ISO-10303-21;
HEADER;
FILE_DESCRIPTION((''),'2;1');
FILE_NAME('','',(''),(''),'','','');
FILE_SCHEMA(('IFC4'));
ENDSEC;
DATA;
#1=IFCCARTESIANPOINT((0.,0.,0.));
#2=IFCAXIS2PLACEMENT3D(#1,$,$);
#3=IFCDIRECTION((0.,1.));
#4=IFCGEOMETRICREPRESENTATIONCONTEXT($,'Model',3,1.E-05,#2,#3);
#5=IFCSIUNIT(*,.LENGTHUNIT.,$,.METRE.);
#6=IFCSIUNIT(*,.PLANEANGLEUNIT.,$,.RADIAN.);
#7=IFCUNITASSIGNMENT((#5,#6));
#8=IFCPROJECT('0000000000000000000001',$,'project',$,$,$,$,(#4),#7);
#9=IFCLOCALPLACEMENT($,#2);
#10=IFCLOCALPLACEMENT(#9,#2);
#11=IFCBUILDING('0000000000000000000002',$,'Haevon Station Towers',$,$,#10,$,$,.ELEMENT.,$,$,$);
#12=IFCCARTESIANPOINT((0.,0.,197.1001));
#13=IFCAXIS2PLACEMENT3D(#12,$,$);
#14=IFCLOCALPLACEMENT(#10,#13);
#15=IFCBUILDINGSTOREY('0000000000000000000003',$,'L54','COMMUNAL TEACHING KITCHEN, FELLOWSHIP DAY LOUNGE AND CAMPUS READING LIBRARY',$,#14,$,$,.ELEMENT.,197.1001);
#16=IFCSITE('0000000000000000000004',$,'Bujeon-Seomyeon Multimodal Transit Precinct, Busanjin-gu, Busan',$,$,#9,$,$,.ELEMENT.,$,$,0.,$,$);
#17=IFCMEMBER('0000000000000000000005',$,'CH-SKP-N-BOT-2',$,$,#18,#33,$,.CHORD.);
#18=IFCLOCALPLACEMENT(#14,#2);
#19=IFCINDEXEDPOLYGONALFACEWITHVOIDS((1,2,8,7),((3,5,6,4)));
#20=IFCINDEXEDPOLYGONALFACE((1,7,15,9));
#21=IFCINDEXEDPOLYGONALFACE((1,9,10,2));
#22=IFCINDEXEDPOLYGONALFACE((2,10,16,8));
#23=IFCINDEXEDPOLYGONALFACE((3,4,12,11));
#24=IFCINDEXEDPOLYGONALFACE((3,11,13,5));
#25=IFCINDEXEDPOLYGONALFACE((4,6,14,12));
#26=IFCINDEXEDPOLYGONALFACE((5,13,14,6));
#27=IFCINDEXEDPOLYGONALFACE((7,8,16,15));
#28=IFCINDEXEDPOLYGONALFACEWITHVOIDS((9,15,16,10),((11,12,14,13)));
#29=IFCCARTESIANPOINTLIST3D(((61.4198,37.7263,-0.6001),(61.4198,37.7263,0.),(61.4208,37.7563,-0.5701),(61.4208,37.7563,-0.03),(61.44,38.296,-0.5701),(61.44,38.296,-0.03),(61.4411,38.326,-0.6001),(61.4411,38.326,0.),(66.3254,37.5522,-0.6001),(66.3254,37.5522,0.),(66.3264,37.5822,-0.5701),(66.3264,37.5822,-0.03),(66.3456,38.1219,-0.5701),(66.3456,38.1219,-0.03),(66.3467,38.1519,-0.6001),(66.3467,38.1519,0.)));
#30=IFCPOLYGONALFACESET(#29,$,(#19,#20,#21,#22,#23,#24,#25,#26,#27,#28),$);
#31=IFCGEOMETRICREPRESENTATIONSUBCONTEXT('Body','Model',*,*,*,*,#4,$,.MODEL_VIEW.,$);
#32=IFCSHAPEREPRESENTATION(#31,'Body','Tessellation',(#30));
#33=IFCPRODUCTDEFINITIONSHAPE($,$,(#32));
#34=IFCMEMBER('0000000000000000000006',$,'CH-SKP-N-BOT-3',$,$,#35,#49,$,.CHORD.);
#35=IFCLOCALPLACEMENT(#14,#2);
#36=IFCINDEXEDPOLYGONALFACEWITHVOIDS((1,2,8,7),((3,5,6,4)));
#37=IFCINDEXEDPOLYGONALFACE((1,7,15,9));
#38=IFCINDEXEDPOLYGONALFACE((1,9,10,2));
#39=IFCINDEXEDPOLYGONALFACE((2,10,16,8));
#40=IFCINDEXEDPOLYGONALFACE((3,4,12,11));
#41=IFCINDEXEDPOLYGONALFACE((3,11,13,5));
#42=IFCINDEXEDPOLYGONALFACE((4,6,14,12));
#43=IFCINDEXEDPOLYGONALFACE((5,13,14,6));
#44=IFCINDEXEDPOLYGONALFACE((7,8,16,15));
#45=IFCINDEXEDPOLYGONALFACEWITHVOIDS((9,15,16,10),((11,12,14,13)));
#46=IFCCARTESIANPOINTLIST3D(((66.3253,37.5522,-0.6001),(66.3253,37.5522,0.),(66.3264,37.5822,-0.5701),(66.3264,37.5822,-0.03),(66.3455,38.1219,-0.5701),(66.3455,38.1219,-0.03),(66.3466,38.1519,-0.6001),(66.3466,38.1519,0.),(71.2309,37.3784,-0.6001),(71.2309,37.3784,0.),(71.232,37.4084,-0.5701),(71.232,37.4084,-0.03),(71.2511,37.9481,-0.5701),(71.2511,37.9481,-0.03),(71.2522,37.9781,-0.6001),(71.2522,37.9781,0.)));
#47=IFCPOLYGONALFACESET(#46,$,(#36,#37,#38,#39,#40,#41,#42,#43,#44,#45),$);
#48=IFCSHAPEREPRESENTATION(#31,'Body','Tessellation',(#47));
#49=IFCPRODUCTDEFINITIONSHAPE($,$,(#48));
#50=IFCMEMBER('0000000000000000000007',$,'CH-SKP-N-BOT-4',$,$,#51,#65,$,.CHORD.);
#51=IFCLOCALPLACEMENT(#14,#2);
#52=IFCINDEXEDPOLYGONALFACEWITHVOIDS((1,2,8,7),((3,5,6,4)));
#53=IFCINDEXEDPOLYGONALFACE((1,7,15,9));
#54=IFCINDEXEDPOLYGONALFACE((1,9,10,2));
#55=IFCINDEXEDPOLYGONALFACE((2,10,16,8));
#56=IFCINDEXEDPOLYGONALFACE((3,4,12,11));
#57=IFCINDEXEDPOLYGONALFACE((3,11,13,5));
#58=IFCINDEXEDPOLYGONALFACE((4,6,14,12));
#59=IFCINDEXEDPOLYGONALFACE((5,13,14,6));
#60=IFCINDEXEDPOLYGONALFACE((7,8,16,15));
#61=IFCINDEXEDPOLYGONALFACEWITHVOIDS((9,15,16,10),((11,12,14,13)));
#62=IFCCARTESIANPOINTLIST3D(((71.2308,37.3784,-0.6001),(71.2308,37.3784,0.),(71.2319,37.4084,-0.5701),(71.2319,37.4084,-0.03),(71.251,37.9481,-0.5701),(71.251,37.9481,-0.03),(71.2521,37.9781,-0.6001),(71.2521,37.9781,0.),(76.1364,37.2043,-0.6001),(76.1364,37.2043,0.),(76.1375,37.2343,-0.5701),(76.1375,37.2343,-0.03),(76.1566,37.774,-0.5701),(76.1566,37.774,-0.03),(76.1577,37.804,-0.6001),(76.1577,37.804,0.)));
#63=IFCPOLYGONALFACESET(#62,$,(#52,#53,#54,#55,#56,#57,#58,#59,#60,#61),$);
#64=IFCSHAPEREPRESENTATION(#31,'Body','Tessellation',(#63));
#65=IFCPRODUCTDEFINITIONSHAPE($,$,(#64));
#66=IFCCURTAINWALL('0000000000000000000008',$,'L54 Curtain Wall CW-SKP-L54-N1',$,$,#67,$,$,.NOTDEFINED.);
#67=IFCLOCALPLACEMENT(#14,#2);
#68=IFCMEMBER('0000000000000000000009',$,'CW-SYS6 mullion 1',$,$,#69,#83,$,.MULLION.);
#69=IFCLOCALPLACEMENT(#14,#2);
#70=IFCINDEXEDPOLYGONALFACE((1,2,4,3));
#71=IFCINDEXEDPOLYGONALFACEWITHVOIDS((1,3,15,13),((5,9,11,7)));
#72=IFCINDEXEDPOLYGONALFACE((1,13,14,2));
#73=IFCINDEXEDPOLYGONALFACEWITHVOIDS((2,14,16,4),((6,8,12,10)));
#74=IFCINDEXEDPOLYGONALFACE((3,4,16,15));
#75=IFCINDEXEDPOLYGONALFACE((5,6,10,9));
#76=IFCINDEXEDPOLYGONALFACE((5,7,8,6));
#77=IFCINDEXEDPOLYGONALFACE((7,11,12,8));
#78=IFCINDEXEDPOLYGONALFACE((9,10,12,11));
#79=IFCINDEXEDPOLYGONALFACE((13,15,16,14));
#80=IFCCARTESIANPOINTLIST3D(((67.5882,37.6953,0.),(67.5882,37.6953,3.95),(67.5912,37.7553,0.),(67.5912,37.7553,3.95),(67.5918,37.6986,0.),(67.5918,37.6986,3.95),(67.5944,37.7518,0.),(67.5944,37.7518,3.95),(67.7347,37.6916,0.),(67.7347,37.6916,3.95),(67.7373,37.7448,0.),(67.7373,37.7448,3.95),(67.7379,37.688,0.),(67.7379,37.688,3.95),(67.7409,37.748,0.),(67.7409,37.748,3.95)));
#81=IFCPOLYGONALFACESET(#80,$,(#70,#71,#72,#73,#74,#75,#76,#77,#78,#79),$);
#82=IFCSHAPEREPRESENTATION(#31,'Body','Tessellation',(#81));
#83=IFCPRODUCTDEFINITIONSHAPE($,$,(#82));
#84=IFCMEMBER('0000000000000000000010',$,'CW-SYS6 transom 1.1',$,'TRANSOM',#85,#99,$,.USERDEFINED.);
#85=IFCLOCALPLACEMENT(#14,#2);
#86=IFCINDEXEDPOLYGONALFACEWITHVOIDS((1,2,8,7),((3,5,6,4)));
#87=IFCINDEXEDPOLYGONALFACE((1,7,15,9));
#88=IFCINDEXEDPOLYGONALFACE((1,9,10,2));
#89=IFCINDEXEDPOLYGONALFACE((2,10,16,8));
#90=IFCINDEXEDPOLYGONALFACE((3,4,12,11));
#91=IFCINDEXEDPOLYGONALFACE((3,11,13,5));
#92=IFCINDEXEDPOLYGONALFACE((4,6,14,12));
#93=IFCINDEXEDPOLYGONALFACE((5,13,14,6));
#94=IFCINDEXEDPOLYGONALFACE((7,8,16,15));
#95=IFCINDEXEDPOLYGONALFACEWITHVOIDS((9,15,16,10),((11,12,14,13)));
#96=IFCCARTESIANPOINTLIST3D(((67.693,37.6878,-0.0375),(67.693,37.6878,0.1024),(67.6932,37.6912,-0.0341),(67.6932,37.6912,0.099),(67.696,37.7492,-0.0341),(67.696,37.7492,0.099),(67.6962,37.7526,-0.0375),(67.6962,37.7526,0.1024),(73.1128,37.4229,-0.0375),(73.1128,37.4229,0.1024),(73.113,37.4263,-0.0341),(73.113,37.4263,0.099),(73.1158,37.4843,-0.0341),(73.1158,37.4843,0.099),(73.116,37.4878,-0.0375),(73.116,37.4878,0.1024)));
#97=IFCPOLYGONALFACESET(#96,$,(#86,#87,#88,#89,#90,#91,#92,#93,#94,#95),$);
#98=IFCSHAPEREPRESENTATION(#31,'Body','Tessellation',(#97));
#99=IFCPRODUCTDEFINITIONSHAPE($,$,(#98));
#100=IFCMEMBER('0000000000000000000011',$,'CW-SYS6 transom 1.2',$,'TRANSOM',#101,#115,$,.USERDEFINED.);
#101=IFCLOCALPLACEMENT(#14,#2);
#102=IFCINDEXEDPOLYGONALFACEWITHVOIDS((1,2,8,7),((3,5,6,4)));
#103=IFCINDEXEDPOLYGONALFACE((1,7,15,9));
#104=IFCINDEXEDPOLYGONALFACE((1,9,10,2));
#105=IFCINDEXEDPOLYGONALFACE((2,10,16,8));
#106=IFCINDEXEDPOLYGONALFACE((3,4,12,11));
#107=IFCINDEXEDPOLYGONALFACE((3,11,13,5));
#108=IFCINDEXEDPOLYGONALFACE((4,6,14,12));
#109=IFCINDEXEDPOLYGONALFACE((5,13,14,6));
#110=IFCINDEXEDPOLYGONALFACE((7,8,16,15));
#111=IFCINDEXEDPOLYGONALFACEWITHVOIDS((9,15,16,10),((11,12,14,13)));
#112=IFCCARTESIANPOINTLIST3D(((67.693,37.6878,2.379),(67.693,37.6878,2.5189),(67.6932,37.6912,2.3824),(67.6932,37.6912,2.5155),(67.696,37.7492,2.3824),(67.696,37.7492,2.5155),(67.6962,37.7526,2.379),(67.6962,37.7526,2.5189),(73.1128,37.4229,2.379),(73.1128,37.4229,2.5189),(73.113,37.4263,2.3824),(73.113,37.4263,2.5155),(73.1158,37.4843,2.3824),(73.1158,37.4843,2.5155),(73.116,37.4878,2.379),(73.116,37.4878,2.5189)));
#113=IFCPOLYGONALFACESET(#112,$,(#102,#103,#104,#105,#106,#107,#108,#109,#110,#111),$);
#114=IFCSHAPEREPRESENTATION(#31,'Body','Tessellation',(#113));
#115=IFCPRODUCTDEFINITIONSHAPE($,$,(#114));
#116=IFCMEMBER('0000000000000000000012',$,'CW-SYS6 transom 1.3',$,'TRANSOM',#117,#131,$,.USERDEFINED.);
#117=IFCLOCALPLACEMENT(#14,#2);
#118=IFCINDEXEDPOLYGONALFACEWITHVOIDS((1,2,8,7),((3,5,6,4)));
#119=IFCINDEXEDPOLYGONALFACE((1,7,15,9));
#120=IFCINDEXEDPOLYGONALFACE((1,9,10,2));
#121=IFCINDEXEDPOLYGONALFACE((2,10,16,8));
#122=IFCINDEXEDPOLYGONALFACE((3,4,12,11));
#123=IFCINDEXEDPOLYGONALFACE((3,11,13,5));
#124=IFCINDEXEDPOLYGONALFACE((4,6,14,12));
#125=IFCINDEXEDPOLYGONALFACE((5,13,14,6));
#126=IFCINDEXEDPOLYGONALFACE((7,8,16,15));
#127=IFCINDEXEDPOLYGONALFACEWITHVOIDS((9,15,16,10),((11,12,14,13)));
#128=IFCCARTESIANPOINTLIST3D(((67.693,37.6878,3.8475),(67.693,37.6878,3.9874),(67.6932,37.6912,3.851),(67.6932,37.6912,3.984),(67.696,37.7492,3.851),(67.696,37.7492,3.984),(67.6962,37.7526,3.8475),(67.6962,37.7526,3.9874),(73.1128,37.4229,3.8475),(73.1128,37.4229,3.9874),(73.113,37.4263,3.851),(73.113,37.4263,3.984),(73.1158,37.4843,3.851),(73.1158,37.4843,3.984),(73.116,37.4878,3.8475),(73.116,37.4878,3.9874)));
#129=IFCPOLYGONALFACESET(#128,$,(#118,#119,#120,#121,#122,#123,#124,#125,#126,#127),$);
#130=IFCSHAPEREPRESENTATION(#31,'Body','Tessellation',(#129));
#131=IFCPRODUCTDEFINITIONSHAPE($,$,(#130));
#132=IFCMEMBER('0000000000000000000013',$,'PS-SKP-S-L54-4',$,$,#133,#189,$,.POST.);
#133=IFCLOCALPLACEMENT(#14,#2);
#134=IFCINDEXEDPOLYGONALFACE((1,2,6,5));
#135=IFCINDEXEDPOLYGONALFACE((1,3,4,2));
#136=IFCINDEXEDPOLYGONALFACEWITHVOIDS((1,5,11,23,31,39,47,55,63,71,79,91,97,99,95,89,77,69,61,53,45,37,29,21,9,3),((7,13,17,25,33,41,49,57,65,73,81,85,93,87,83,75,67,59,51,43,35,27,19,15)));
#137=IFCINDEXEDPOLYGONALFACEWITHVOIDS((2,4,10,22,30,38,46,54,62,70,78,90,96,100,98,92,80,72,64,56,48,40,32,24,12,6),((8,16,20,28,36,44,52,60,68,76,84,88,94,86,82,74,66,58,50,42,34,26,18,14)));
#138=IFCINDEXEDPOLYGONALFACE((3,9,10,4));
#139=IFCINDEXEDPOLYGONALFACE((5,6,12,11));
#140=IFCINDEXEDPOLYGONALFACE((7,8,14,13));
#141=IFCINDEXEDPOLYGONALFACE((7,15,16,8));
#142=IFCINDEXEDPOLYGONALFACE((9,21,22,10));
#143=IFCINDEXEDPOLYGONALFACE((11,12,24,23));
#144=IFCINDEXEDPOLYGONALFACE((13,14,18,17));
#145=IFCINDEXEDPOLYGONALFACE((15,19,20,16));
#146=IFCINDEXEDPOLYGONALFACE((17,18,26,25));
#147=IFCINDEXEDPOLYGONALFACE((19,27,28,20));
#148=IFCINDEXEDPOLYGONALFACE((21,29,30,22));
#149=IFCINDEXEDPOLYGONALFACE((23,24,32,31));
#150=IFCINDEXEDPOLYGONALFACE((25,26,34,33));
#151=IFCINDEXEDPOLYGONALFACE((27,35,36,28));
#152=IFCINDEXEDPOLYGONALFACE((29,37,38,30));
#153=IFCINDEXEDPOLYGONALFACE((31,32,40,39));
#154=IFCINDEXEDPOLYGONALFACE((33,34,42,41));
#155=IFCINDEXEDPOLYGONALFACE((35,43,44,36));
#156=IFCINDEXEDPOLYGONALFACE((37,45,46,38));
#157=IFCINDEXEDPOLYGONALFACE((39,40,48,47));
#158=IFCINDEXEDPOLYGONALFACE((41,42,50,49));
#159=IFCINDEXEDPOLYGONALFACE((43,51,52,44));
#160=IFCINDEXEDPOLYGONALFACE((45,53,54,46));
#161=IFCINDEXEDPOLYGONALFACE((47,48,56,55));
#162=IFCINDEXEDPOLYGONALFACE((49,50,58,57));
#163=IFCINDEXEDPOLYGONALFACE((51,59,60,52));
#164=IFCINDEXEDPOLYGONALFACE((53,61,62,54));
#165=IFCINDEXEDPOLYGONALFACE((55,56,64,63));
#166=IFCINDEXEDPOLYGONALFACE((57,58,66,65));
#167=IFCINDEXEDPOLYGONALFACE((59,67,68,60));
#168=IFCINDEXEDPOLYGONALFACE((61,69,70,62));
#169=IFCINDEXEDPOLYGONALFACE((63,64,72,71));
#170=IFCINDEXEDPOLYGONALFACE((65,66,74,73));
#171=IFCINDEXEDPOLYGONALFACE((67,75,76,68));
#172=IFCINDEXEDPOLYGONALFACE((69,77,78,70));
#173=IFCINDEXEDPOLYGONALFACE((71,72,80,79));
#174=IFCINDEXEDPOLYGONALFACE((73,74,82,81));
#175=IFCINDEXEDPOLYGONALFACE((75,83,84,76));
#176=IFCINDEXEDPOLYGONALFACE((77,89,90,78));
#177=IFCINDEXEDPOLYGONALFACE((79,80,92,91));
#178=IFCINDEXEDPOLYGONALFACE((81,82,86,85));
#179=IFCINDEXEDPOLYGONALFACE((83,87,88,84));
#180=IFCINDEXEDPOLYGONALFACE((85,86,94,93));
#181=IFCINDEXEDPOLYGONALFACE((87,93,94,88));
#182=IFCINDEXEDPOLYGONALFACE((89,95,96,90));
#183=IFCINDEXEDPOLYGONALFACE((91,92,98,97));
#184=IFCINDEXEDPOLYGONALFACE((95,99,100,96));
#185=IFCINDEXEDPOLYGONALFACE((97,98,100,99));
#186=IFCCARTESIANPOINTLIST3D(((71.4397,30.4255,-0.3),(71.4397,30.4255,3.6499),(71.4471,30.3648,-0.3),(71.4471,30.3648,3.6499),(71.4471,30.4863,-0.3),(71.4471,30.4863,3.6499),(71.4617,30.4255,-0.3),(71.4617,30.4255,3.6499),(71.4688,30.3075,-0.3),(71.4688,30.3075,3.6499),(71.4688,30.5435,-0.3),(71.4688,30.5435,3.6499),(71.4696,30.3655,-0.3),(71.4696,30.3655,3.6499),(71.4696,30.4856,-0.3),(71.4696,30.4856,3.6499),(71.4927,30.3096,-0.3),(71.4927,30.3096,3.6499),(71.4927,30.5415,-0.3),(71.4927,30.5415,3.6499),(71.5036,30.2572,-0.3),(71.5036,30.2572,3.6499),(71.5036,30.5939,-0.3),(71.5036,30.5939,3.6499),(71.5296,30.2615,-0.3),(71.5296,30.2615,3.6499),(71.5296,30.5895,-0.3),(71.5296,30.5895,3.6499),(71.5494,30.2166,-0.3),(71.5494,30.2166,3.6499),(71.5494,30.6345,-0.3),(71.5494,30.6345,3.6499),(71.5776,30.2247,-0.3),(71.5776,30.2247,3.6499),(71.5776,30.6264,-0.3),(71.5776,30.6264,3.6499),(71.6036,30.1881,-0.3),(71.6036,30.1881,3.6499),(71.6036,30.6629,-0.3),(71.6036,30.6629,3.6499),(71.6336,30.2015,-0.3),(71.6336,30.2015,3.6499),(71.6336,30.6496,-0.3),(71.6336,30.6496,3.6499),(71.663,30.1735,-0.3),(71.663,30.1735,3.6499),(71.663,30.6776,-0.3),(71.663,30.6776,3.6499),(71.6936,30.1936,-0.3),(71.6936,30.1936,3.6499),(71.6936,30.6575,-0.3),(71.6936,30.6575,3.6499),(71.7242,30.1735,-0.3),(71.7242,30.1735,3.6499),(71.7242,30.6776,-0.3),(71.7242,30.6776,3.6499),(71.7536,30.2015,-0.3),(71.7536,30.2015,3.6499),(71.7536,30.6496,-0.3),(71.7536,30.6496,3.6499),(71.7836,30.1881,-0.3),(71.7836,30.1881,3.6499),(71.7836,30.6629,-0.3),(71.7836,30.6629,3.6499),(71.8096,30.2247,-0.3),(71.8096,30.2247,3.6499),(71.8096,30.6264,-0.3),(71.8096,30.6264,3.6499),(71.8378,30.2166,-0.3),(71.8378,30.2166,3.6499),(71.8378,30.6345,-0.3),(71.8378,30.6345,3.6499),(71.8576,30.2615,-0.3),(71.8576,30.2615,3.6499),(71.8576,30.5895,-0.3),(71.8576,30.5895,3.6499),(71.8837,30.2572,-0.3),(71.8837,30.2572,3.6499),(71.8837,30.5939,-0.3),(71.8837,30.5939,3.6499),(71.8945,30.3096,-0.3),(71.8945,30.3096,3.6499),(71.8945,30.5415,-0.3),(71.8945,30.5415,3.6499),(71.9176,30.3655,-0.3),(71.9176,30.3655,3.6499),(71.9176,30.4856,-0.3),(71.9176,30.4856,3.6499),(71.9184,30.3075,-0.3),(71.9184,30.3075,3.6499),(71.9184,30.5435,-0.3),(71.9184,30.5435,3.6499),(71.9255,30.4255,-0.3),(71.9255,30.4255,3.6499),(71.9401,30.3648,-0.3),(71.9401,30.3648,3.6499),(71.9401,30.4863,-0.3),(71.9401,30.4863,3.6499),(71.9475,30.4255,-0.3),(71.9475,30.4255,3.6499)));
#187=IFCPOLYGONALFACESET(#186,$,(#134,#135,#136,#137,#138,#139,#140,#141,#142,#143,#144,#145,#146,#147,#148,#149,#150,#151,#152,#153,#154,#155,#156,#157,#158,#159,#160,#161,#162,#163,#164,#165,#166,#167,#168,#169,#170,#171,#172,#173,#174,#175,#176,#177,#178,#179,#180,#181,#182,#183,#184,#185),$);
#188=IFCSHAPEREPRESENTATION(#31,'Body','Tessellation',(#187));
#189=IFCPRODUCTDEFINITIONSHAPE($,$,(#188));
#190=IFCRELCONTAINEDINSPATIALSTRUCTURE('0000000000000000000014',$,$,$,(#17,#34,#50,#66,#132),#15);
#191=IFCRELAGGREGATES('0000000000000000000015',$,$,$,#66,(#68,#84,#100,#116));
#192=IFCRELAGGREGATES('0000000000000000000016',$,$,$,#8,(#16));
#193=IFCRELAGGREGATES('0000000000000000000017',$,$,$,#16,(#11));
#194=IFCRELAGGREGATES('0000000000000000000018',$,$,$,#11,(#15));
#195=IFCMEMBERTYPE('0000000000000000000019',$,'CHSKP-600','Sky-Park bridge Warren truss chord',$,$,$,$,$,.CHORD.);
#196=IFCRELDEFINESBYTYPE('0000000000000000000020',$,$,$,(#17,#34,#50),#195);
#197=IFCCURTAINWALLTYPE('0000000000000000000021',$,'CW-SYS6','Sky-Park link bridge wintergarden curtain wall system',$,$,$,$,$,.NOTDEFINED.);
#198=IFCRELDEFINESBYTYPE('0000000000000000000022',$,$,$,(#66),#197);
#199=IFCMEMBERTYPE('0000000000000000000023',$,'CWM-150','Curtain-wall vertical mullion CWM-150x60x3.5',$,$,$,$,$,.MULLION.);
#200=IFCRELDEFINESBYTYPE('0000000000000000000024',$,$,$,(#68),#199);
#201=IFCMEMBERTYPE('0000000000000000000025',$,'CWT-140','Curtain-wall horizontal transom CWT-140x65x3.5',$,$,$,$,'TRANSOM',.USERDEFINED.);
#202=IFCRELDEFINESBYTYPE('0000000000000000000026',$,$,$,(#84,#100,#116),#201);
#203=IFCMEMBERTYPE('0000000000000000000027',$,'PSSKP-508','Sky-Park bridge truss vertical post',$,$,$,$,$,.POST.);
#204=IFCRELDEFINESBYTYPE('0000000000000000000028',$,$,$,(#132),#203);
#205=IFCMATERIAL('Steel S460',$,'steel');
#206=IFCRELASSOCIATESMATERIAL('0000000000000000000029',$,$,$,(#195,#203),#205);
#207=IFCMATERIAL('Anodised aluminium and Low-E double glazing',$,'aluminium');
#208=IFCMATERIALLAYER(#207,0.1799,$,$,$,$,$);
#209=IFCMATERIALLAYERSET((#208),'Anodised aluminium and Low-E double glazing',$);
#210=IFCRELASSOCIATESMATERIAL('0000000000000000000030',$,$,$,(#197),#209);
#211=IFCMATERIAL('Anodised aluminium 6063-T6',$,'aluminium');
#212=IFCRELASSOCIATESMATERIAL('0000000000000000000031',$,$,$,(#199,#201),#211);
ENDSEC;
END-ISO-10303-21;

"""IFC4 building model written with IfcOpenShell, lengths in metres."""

from ifc_helpers import new_model, si_unit, direction, frame, origin, origin_2d, place, context, subcontext, project, spatial, hollow_rectangle, hollow_circle, extrude, material, layer, layer_set, material_profile, profile_set, type_object, element, aggregate, save


model = new_model("IFC4")

# Units and contexts
model_context = context("Model", 3, precision=1e-05, world=origin(), true_north=direction((0.0, 1.0)))
body_context = subcontext(model_context, "Body", "Model", "MODEL_VIEW")
ifc_project = project(units=[si_unit("LENGTHUNIT", "METRE"), si_unit("PLANEANGLEUNIT", "RADIAN")], contexts=[model_context])

# Site, building, storey
site_placement = place(None, origin())
site = spatial("IfcSite", under=ifc_project, at=site_placement, Name="Bujeon-Seomyeon Multimodal Transit Precinct, Busanjin-gu, Busan", CompositionType="ELEMENT", RefElevation=0.0)
building_placement = place(site_placement, origin())
building = spatial("IfcBuilding", under=site, at=building_placement, Name="Haevon Station Towers", CompositionType="ELEMENT")
storey_placement = place(building_placement, frame((0.0, 0.0, 197.1001)))
storey = spatial("IfcBuildingStorey", under=building, at=storey_placement, Name="L54", Description="COMMUNAL TEACHING KITCHEN, FELLOWSHIP DAY LOUNGE AND CAMPUS READING LIBRARY", CompositionType="ELEMENT", Elevation=197.1001)

# Shared definitions
ifc_material_1 = material(Name="Steel S460", Category="steel")

# Members
ifc_material_profile_1 = material_profile(ifc_material_1, hollow_rectangle(XDim=0.6001, YDim=0.6001, WallThickness=0.03, at=origin_2d()), Name="RHS-600x600x30")
ifc_profile_set_1 = profile_set([ifc_material_profile_1], Name="Steel S460")
member_type_1 = type_object("IfcMemberType", Name="CHSKP-600", Description="Sky-Park bridge Warren truss chord", PredefinedType="CHORD", material=ifc_profile_set_1)
for number, where, z_axis, x_axis, name in (
    (1, (61.4304, 38.0261, -0.3), (0.999371, -0.035463, 0.0), (0.035463, 0.999371, 0.0), "CH-SKP-N-BOT-2"),
    (2, (66.3359, 37.8521, -0.3), (0.999373, -0.035413, 0.0), (0.035413, 0.999373, 0.0), "CH-SKP-N-BOT-3"),
    (3, (71.2415, 37.6782, -0.3), (0.999371, -0.035463, 0.0), (0.035463, 0.999371, 0.0), "CH-SKP-N-BOT-4"),
):
    element("IfcMember", number, at=place(storey_placement, frame(where, z_axis=z_axis, x_axis=x_axis)), inside=storey, type_object=member_type_1, Name=name, PredefinedType="CHORD", context=body_context, shape_type="SweptSolid", body=[
        extrude(hollow_rectangle(XDim=0.6001, YDim=0.6001, WallThickness=0.03, at=origin_2d()), origin(), (0.0, 0.0, 1.0), 4.9087),
    ])

# Curtain wall, members
ifc_material_2 = material(Name="Anodised aluminium and Low-E double glazing", Category="aluminium")
ifc_layer_1 = layer(ifc_material_2, 0.1799)
ifc_layer_set_1 = layer_set([ifc_layer_1], Name="Anodised aluminium and Low-E double glazing")
curtain_wall_type = type_object("IfcCurtainWallType", Name="CW-SYS6", Description="Sky-Park link bridge wintergarden curtain wall system", PredefinedType="NOTDEFINED", material=ifc_layer_set_1)
curtain_wall_1_placement = place(storey_placement, origin())
curtain_wall_1 = element("IfcCurtainWall", 4, at=curtain_wall_1_placement, inside=storey, type_object=curtain_wall_type, Name="L54 Curtain Wall CW-SKP-L54-N1", PredefinedType="NOTDEFINED")
ifc_material_3 = material(Name="Anodised aluminium 6063-T6", Category="aluminium")
ifc_material_profile_2 = material_profile(ifc_material_3, hollow_rectangle(XDim=0.0601, YDim=0.1499, WallThickness=0.0034, at=origin_2d()), Name="CWM-150x60x3.5")
ifc_profile_set_2 = profile_set([ifc_material_profile_2], Name="Anodised aluminium 6063-T6")
member_type_2 = type_object("IfcMemberType", Name="CWM-150", Description="Curtain-wall vertical mullion CWM-150x60x3.5", PredefinedType="MULLION", material=ifc_profile_set_2)
member_1_placement = place(storey_placement, frame((67.6646, 37.7217, 0.0), z_axis=(0.0, 0.0, 1.0), x_axis=(0.048822, 0.998807, 0.0)))
member_1 = element("IfcMember", 5, at=member_1_placement, type_object=member_type_2, Name="CW-SYS6 mullion 1", PredefinedType="MULLION", context=body_context, shape_type="SweptSolid", body=[
    extrude(hollow_rectangle(XDim=0.0601, YDim=0.1499, WallThickness=0.0034, at=origin_2d()), origin(), (0.0, 0.0, 1.0), 3.95),
])
ifc_material_profile_3 = material_profile(ifc_material_3, hollow_rectangle(XDim=0.0649, YDim=0.1399, WallThickness=0.0034, at=origin_2d()), Name="CWT-140x65x3.5")
ifc_profile_set_3 = profile_set([ifc_material_profile_3], Name="Anodised aluminium 6063-T6")
member_type_3 = type_object("IfcMemberType", Name="CWT-140", Description="Curtain-wall horizontal transom CWT-140x65x3.5", ElementType="TRANSOM", PredefinedType="USERDEFINED", material=ifc_profile_set_3)
member_2_placement = place(storey_placement, frame((67.6946, 37.7202, 0.0325), z_axis=(0.998808, -0.048816, 0.0), x_axis=(0.048816, 0.998808, 0.0)))
member_2 = element("IfcMember", 6, at=member_2_placement, type_object=member_type_3, Name="CW-SYS6 transom 1.1", ObjectType="TRANSOM", PredefinedType="USERDEFINED", context=body_context, shape_type="SweptSolid", body=[
    extrude(hollow_rectangle(XDim=0.0649, YDim=0.1399, WallThickness=0.0034, at=origin_2d()), origin(), (0.0, 0.0, 1.0), 5.4263),
])
member_3_placement = place(storey_placement, frame((67.6946, 37.7202, 2.449), z_axis=(0.998808, -0.048816, 0.0), x_axis=(0.048816, 0.998808, 0.0)))
member_3 = element("IfcMember", 7, at=member_3_placement, type_object=member_type_3, Name="CW-SYS6 transom 1.2", ObjectType="TRANSOM", PredefinedType="USERDEFINED", context=body_context, shape_type="SweptSolid", body=[
    extrude(hollow_rectangle(XDim=0.0649, YDim=0.1399, WallThickness=0.0034, at=origin_2d()), origin(), (0.0, 0.0, 1.0), 5.4263),
])
member_4_placement = place(storey_placement, frame((67.6946, 37.7202, 3.9175), z_axis=(0.998808, -0.048816, 0.0), x_axis=(0.048816, 0.998808, 0.0)))
member_4 = element("IfcMember", 8, at=member_4_placement, type_object=member_type_3, Name="CW-SYS6 transom 1.3", ObjectType="TRANSOM", PredefinedType="USERDEFINED", context=body_context, shape_type="SweptSolid", body=[
    extrude(hollow_rectangle(XDim=0.0649, YDim=0.1399, WallThickness=0.0034, at=origin_2d()), origin(), (0.0, 0.0, 1.0), 5.4263),
])

# Member
ifc_material_profile_4 = material_profile(ifc_material_1, hollow_circle(Radius=0.2539, WallThickness=0.022, at=origin_2d()), Name="CHS-508x22")
ifc_profile_set_4 = profile_set([ifc_material_profile_4], Name="Steel S460")
member_type_4 = type_object("IfcMemberType", Name="PSSKP-508", Description="Sky-Park bridge truss vertical post", PredefinedType="POST", material=ifc_profile_set_4)
for number, where, z_axis, x_axis, name in (
    (9, (71.6936, 30.4255, -0.3), (0.0, 0.0, 1.0), (1.0, 0.0, 0.0), "PS-SKP-S-L54-4"),
):
    element("IfcMember", number, at=place(storey_placement, frame(where, z_axis=z_axis, x_axis=x_axis)), inside=storey, type_object=member_type_4, Name=name, PredefinedType="POST", context=body_context, shape_type="SweptSolid", body=[
        extrude(hollow_circle(Radius=0.2539, WallThickness=0.022, at=origin_2d()), origin(), (0.0, 0.0, 1.0), 3.95),
    ])

aggregate(curtain_wall_1, [member_1, member_2, member_3, member_4])

save(model, "model.ifc")
